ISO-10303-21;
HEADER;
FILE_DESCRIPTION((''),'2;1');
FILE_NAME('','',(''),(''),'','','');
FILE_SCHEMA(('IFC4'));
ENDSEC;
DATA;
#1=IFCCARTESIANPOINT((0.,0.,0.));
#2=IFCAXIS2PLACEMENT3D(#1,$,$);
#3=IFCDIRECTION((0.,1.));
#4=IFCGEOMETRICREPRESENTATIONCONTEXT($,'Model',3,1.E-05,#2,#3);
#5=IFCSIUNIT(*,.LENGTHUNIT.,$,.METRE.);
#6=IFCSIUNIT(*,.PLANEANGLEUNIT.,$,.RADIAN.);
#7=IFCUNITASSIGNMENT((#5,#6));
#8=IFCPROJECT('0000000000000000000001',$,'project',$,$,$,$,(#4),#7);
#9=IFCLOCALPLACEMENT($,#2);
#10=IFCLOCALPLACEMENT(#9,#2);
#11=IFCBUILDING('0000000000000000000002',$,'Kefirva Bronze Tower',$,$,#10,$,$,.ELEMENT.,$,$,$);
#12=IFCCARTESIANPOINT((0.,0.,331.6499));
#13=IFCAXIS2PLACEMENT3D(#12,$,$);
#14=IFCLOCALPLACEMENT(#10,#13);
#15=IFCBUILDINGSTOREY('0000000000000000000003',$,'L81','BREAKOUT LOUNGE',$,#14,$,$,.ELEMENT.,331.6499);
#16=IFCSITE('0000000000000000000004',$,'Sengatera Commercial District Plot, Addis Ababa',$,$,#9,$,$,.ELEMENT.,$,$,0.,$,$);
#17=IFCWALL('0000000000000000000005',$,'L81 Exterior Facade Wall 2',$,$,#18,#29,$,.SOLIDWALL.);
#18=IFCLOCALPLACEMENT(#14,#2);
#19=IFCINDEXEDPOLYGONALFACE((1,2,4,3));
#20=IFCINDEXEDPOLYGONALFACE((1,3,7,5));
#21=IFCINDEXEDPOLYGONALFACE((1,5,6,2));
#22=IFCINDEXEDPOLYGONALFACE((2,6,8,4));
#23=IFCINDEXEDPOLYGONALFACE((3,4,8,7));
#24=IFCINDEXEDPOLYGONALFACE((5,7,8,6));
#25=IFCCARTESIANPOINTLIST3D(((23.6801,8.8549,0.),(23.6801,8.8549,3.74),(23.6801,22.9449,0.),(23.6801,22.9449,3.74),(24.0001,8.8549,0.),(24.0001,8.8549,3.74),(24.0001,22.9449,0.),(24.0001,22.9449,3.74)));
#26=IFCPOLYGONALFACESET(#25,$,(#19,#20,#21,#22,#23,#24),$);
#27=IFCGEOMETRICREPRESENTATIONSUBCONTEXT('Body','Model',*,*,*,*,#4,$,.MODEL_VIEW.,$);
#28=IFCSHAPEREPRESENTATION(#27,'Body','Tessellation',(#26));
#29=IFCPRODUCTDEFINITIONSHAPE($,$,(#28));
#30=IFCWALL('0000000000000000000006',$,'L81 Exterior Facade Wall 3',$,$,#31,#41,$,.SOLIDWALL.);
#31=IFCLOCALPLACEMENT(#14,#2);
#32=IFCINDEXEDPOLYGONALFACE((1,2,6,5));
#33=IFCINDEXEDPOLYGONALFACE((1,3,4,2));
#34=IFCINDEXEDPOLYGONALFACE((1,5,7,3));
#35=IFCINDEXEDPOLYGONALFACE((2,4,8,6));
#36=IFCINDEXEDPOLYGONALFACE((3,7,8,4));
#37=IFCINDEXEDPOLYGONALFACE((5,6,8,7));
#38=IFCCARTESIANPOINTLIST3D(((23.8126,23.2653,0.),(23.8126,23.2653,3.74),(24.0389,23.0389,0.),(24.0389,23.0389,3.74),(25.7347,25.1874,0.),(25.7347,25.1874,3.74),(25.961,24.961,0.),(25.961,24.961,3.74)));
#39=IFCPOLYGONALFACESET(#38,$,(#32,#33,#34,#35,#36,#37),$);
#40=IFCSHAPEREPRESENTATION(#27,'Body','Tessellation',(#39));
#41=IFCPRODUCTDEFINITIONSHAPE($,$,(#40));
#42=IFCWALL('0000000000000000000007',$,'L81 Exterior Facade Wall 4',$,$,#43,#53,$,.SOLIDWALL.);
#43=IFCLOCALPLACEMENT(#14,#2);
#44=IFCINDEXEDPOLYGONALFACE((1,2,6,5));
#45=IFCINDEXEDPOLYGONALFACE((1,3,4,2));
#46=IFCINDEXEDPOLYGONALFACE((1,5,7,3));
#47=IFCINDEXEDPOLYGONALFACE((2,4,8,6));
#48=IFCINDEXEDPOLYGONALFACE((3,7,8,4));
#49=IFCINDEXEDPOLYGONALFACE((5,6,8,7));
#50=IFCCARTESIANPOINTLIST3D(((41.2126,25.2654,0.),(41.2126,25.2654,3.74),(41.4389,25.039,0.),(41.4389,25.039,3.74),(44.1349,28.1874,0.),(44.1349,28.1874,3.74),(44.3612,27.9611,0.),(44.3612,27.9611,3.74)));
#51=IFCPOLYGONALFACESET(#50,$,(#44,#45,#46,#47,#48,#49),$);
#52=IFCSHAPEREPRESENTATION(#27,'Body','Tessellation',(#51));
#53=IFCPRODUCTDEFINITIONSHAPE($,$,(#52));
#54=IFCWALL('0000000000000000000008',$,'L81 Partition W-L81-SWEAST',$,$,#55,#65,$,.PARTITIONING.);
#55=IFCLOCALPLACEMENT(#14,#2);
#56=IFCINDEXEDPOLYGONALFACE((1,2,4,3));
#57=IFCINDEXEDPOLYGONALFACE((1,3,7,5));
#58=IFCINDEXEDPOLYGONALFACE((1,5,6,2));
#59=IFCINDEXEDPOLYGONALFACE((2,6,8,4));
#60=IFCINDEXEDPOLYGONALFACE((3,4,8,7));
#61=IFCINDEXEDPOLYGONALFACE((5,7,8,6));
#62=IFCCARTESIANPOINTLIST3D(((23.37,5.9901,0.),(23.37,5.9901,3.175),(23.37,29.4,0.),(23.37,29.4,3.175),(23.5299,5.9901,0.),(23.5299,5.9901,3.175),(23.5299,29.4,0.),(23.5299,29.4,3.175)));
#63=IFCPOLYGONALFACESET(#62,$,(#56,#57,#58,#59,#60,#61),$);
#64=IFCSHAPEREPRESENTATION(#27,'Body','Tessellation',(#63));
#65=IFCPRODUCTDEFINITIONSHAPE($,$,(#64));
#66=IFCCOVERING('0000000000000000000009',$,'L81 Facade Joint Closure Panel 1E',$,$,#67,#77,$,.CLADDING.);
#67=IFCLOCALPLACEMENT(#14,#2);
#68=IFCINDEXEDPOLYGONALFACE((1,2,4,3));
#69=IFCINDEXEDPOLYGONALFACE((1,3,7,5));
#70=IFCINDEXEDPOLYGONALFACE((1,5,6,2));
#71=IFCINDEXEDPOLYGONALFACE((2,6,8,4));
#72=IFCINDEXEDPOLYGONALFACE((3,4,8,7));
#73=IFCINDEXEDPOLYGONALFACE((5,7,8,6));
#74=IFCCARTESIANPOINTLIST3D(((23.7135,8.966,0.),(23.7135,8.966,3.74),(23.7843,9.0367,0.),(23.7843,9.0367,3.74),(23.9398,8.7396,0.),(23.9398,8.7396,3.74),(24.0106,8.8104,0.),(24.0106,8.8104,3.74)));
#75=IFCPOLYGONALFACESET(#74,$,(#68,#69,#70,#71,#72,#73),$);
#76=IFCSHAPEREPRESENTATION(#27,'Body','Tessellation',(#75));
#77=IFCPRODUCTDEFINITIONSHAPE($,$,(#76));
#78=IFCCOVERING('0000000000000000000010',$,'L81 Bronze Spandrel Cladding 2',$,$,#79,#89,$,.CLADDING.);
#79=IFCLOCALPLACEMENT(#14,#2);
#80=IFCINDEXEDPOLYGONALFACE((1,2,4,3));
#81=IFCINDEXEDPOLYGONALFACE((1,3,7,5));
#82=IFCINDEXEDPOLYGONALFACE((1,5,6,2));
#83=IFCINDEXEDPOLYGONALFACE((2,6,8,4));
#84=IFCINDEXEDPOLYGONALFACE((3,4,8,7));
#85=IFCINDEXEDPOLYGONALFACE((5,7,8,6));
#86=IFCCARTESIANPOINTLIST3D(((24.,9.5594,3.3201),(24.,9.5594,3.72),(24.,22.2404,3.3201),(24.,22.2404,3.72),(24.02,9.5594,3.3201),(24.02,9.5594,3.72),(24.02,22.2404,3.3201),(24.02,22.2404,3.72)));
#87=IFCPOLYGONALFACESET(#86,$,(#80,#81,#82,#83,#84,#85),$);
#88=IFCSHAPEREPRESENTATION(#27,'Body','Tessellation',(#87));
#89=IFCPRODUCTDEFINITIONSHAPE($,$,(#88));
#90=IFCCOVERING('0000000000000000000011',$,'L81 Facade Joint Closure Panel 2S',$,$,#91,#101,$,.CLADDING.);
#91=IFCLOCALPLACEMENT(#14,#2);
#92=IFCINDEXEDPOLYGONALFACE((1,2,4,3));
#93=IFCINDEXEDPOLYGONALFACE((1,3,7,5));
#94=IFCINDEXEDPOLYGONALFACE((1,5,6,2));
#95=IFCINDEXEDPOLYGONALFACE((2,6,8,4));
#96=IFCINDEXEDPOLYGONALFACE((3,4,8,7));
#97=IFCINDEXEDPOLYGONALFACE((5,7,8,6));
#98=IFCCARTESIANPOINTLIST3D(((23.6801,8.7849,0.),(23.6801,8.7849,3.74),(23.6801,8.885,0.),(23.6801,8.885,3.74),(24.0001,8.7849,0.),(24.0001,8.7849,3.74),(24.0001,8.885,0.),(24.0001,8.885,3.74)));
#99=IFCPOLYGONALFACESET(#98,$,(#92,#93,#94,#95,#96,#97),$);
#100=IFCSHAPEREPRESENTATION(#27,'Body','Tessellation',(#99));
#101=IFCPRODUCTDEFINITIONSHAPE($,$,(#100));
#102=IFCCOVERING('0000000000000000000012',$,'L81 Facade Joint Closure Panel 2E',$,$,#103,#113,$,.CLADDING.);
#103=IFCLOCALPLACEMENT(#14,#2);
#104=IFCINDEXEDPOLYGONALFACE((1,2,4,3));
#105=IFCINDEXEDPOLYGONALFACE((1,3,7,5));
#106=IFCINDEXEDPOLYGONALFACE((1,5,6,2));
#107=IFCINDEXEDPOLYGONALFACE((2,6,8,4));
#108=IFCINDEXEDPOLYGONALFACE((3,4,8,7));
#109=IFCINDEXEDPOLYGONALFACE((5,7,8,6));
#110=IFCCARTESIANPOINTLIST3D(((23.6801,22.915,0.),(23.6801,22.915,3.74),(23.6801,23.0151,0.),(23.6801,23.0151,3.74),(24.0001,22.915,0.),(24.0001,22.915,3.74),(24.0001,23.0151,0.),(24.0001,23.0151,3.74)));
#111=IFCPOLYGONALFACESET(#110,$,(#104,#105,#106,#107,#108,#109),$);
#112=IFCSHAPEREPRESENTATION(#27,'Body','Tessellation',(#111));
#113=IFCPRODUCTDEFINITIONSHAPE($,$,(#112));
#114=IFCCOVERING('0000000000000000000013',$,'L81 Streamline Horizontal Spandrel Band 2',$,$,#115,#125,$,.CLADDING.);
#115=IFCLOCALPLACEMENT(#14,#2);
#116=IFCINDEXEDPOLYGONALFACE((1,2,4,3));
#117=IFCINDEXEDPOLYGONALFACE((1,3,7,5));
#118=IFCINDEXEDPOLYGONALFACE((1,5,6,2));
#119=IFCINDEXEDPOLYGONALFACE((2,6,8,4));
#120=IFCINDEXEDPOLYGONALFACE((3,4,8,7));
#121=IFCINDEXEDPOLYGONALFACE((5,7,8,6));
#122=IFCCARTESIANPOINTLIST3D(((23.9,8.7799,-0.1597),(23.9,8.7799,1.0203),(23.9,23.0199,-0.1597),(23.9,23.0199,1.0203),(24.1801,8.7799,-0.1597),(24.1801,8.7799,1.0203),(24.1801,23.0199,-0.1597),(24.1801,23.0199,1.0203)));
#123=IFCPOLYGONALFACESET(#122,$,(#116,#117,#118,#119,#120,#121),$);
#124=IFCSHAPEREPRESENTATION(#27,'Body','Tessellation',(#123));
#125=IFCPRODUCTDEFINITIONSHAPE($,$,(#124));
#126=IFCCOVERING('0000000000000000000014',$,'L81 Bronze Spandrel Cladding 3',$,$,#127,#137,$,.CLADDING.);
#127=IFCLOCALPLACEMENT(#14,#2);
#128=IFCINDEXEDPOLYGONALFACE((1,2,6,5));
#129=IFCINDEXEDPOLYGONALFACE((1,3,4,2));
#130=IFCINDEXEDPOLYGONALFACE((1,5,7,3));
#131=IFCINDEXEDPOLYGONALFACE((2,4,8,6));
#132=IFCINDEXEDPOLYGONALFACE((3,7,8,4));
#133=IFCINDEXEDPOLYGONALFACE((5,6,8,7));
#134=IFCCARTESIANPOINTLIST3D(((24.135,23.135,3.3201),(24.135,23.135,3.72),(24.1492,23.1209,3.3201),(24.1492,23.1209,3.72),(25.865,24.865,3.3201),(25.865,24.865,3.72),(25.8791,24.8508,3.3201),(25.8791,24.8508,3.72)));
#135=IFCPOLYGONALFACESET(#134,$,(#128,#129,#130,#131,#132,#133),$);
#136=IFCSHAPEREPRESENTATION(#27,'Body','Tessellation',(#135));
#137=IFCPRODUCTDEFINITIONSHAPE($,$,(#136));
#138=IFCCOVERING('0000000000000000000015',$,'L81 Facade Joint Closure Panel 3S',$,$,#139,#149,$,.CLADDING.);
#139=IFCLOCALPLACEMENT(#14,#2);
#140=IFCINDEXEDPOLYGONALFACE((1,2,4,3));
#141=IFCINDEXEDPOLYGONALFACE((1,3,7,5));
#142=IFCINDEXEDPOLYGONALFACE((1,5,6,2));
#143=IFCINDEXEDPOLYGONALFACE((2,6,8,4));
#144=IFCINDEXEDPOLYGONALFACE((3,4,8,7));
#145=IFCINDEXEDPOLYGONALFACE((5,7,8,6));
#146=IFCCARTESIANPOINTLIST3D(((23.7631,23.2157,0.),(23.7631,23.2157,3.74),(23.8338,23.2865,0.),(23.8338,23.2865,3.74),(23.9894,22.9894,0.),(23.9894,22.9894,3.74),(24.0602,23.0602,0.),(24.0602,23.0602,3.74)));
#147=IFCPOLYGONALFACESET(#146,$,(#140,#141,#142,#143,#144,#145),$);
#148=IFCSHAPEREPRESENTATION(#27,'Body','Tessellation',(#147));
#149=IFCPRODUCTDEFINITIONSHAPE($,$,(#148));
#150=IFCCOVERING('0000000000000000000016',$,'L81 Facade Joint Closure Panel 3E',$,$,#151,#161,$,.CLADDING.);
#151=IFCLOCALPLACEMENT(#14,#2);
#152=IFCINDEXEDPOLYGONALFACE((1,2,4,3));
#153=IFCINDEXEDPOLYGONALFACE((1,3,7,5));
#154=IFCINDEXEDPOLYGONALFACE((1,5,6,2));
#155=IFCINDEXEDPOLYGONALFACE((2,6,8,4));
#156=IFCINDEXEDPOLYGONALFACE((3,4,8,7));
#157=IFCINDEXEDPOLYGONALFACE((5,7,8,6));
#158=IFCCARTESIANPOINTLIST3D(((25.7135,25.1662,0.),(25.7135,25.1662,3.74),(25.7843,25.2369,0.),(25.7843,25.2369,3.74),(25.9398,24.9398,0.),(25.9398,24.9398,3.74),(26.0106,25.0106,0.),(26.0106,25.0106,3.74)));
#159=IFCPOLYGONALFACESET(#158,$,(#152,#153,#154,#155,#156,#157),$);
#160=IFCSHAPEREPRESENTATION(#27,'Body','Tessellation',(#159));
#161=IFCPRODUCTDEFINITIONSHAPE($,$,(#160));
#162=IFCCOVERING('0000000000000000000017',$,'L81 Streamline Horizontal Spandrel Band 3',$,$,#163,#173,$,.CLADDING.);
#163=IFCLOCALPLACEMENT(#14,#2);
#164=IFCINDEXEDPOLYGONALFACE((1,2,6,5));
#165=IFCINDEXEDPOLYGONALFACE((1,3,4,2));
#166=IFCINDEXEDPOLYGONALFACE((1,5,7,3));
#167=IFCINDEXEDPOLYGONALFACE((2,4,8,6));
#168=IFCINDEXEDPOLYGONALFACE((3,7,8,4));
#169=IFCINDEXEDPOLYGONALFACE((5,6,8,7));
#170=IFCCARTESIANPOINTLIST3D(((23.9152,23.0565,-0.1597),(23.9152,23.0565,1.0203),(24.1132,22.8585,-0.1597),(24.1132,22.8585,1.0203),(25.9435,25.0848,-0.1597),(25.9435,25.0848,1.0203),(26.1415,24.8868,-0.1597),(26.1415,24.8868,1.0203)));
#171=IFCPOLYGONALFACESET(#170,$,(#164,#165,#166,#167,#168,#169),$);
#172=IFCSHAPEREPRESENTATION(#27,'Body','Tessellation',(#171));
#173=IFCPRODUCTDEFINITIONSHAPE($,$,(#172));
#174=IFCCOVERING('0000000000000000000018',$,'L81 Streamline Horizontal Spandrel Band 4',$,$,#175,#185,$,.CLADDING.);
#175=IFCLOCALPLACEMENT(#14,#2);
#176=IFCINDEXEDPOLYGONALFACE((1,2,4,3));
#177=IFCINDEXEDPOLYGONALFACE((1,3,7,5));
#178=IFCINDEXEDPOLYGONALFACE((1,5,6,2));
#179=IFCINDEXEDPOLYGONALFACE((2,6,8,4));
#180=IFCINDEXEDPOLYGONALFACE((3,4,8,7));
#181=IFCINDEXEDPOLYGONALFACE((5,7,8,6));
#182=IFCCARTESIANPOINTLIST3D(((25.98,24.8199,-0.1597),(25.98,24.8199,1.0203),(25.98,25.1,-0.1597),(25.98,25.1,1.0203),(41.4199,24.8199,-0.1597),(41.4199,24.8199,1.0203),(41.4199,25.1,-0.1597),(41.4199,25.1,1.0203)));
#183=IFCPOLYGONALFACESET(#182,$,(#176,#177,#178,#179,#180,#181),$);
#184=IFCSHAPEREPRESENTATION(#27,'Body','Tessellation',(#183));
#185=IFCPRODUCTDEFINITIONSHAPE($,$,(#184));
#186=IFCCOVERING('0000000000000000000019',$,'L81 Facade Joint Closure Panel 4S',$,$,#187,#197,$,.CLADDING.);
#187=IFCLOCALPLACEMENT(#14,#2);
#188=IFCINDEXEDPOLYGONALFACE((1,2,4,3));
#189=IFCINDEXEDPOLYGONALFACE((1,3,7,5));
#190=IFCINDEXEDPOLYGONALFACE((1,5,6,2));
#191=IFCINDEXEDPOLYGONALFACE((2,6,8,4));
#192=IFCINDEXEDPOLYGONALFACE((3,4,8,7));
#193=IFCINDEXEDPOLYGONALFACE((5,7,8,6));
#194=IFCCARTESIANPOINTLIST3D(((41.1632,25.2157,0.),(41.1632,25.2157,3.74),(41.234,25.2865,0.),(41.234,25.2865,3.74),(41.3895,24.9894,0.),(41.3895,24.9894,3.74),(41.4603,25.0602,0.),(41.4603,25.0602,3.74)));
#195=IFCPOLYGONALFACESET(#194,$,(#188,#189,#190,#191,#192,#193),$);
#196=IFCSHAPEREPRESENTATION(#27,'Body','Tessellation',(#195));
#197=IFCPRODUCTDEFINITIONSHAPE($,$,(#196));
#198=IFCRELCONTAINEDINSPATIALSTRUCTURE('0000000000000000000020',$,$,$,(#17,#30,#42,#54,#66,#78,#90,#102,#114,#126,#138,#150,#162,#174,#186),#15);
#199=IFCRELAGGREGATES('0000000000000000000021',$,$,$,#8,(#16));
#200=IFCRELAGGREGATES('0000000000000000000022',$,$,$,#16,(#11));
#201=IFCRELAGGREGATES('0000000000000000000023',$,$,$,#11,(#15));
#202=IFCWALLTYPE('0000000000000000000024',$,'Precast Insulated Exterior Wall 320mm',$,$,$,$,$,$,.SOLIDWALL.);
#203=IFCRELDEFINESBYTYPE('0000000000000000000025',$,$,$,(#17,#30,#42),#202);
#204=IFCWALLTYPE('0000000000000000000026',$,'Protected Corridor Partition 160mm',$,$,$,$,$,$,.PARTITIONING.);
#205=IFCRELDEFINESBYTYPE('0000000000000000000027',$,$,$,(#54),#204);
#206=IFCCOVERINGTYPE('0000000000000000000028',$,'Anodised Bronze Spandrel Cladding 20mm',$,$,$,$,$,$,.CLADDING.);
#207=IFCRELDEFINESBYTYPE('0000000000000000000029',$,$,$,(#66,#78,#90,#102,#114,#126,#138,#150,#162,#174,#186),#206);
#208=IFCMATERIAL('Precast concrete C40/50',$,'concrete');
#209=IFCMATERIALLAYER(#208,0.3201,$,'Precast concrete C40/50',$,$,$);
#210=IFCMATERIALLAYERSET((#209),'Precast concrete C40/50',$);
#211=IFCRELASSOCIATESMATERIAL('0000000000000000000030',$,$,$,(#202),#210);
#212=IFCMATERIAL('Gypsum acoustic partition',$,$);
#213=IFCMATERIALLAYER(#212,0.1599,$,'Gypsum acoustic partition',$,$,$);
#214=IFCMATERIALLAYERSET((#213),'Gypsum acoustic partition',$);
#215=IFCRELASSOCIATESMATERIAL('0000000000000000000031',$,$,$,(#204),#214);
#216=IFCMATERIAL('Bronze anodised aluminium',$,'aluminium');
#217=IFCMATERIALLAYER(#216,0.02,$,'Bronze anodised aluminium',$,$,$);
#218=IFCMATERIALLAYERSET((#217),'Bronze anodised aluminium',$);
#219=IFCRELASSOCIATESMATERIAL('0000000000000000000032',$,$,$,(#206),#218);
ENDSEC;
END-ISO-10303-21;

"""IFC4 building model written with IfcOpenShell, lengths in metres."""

from ifc_helpers import new_model, si_unit, direction, frame, frame_2d, origin, origin_2d, place, context, subcontext, project, spatial, rectangle, extrude, material, layer, layer_set, type_object, element, save


model = new_model("IFC4")

# Units and contexts
model_context = context("Model", 3, precision=1e-05, world=origin(), true_north=direction((0.0, 1.0)))
body_context = subcontext(model_context, "Body", "Model", "MODEL_VIEW")
ifc_project = project(units=[si_unit("LENGTHUNIT", "METRE"), si_unit("PLANEANGLEUNIT", "RADIAN")], contexts=[model_context])

# Site, building, storey
site_placement = place(None, origin())
site = spatial("IfcSite", under=ifc_project, at=site_placement, Name="Sengatera Commercial District Plot, Addis Ababa", CompositionType="ELEMENT", RefElevation=0.0)
building_placement = place(site_placement, origin())
building = spatial("IfcBuilding", under=site, at=building_placement, Name="Kefirva Bronze Tower", CompositionType="ELEMENT")
storey_placement = place(building_placement, frame((0.0, 0.0, 331.6499)))
storey = spatial("IfcBuildingStorey", under=building, at=storey_placement, Name="L81", Description="BREAKOUT LOUNGE", CompositionType="ELEMENT", Elevation=331.6499)

# Shared definitions
ifc_material_1 = material(Name="Bronze anodised aluminium", Category="aluminium")

# Walls
ifc_material_2 = material(Name="Gypsum acoustic partition")
ifc_material_3 = material(Name="Precast concrete C40/50", Category="concrete")
ifc_layer_1 = layer(ifc_material_3, 0.3201, Name="Precast concrete C40/50")
ifc_layer_set_1 = layer_set([ifc_layer_1], Name="Precast concrete C40/50")
wall_type_1 = type_object("IfcWallType", Name="Precast Insulated Exterior Wall 320mm", PredefinedType="SOLIDWALL", material=ifc_layer_set_1)
wall_1_placement = place(storey_placement, frame((23.8401, 8.855, 0.0), z_axis=(0.0, 0.0, 1.0), x_axis=(0.0, 1.0, 0.0)))
element("IfcWall", 1, at=wall_1_placement, inside=storey, type_object=wall_type_1, Name="L81 Exterior Facade Wall 2", PredefinedType="SOLIDWALL", context=body_context, shape_type="SweptSolid", body=[
    extrude(rectangle(XDim=14.0901, YDim=0.3201, at=frame_2d((7.0449, 0.0))), origin(), (0.0, 0.0, 1.0), 3.74),
])
wall_2_placement = place(storey_placement, frame((23.9258, 23.1521, 0.0), z_axis=(0.0, 0.0, 1.0), x_axis=(0.707107, 0.707107, 0.0)))
element("IfcWall", 2, at=wall_2_placement, inside=storey, type_object=wall_type_1, Name="L81 Exterior Facade Wall 3", PredefinedType="SOLIDWALL", context=body_context, shape_type="SweptSolid", body=[
    extrude(rectangle(XDim=2.7183, YDim=0.3201, at=frame_2d((1.3591, 0.0))), origin(), (0.0, 0.0, 1.0), 3.74),
])
wall_3_placement = place(storey_placement, frame((41.3257, 25.1521, 0.0), z_axis=(0.0, 0.0, 1.0), x_axis=(0.707136, 0.707077, 0.0)))
element("IfcWall", 3, at=wall_3_placement, inside=storey, type_object=wall_type_1, Name="L81 Exterior Facade Wall 4", PredefinedType="SOLIDWALL", context=body_context, shape_type="SweptSolid", body=[
    extrude(rectangle(XDim=4.1326, YDim=0.3201, at=frame_2d((2.0664, 0.0))), origin(), (0.0, 0.0, 1.0), 3.74),
])
ifc_layer_2 = layer(ifc_material_2, 0.1599, Name="Gypsum acoustic partition")
ifc_layer_set_2 = layer_set([ifc_layer_2], Name="Gypsum acoustic partition")
wall_type_2 = type_object("IfcWallType", Name="Protected Corridor Partition 160mm", PredefinedType="PARTITIONING", material=ifc_layer_set_2)
wall_4_placement = place(storey_placement, frame((23.45, 5.99, 0.0), z_axis=(0.0, 0.0, 1.0), x_axis=(0.0, 1.0, 0.0)))
element("IfcWall", 4, at=wall_4_placement, inside=storey, type_object=wall_type_2, Name="L81 Partition W-L81-SWEAST", PredefinedType="PARTITIONING", context=body_context, shape_type="SweptSolid", body=[
    extrude(rectangle(XDim=23.4099, YDim=0.1599, at=frame_2d((11.7051, 0.0))), origin(), (0.0, 0.0, 1.0), 3.175),
])

# Coverings
ifc_layer_3 = layer(ifc_material_1, 0.02, Name="Bronze anodised aluminium")
ifc_layer_set_3 = layer_set([ifc_layer_3], Name="Bronze anodised aluminium")
covering_type_1 = type_object("IfcCoveringType", Name="Anodised Bronze Spandrel Cladding 20mm", PredefinedType="CLADDING", material=ifc_layer_set_3)
covering_1_placement = place(storey_placement, frame((23.8621, 8.8882, 0.0), z_axis=(0.0, 0.0, 1.0), x_axis=(0.707107, 0.707107, 0.0)))
element("IfcCovering", 5, at=covering_1_placement, inside=storey, type_object=covering_type_1, Name="L81 Facade Joint Closure Panel 1E", PredefinedType="CLADDING", context=body_context, shape_type="SweptSolid", body=[
    extrude(rectangle(XDim=0.1001, YDim=0.3201, at=origin_2d()), origin(), (0.0, 0.0, 1.0), 3.74),
])
covering_2_placement = place(storey_placement, frame((24.01, 15.8999, 3.3201), z_axis=(0.0, 0.0, 1.0), x_axis=(0.0, 1.0, 0.0)))
element("IfcCovering", 6, at=covering_2_placement, inside=storey, type_object=covering_type_1, Name="L81 Bronze Spandrel Cladding 2", PredefinedType="CLADDING", context=body_context, shape_type="SweptSolid", body=[
    extrude(rectangle(XDim=12.6809, YDim=0.02, at=origin_2d()), origin(), (0.0, 0.0, 1.0), 0.3999),
])
for number, where, z_axis, x_axis, name in (
    (7, (23.8401, 8.835, 0.0), (0.0, 0.0, 1.0), (0.0, 1.0, 0.0), "L81 Facade Joint Closure Panel 2S"),
    (8, (23.8401, 22.9651, 0.0), (0.0, 0.0, 1.0), (0.0, 1.0, 0.0), "L81 Facade Joint Closure Panel 2E"),
):
    element("IfcCovering", number, at=place(storey_placement, frame(where, z_axis=z_axis, x_axis=x_axis)), inside=storey, type_object=covering_type_1, Name=name, PredefinedType="CLADDING", context=body_context, shape_type="SweptSolid", body=[
        extrude(rectangle(XDim=0.1001, YDim=0.3201, at=origin_2d()), origin(), (0.0, 0.0, 1.0), 3.74),
    ])
covering_3_placement = place(storey_placement, frame((24.04, 15.8999, -0.1597), z_axis=(0.0, 0.0, 1.0), x_axis=(0.0, 1.0, 0.0)))
element("IfcCovering", 9, at=covering_3_placement, inside=storey, type_object=covering_type_1, Name="L81 Streamline Horizontal Spandrel Band 2", PredefinedType="CLADDING", context=body_context, shape_type="SweptSolid", body=[
    extrude(rectangle(XDim=14.24, YDim=0.28, at=origin_2d()), origin(), (0.0, 0.0, 1.0), 1.1799),
])
covering_4_placement = place(storey_placement, frame((25.0071, 23.9929, 3.3201), z_axis=(0.0, 0.0, 1.0), x_axis=(0.707107, 0.707107, 0.0)))
element("IfcCovering", 10, at=covering_4_placement, inside=storey, type_object=covering_type_1, Name="L81 Bronze Spandrel Cladding 3", PredefinedType="CLADDING", context=body_context, shape_type="SweptSolid", body=[
    extrude(rectangle(XDim=2.4465, YDim=0.02, at=origin_2d()), origin(), (0.0, 0.0, 1.0), 0.3999),
])
for number, where, z_axis, x_axis, name in (
    (11, (23.9116, 23.1379, 0.0), (0.0, 0.0, 1.0), (0.707107, 0.707107, 0.0), "L81 Facade Joint Closure Panel 3S"),
    (12, (25.8621, 25.0884, 0.0), (0.0, 0.0, 1.0), (0.707107, 0.707107, 0.0), "L81 Facade Joint Closure Panel 3E"),
):
    element("IfcCovering", number, at=place(storey_placement, frame(where, z_axis=z_axis, x_axis=x_axis)), inside=storey, type_object=covering_type_1, Name=name, PredefinedType="CLADDING", context=body_context, shape_type="SweptSolid", body=[
        extrude(rectangle(XDim=0.1001, YDim=0.3201, at=origin_2d()), origin(), (0.0, 0.0, 1.0), 3.74),
    ])
covering_5_placement = place(storey_placement, frame((25.0283, 23.9717, -0.1597), z_axis=(0.0, 0.0, 1.0), x_axis=(0.707107, 0.707107, 0.0)))
element("IfcCovering", 13, at=covering_5_placement, inside=storey, type_object=covering_type_1, Name="L81 Streamline Horizontal Spandrel Band 3", PredefinedType="CLADDING", context=body_context, shape_type="SweptSolid", body=[
    extrude(rectangle(XDim=2.8684, YDim=0.28, at=origin_2d()), origin(), (0.0, 0.0, 1.0), 1.1799),
])
covering_6_placement = place(storey_placement, frame((33.7, 24.96, -0.1597), z_axis=(0.0, 0.0, 1.0), x_axis=(1.0, 0.0, 0.0)))
element("IfcCovering", 14, at=covering_6_placement, inside=storey, type_object=covering_type_1, Name="L81 Streamline Horizontal Spandrel Band 4", PredefinedType="CLADDING", context=body_context, shape_type="SweptSolid", body=[
    extrude(rectangle(XDim=15.4399, YDim=0.28, at=origin_2d()), origin(), (0.0, 0.0, 1.0), 1.1799),
])
covering_7_placement = place(storey_placement, frame((41.3118, 25.1379, 0.0), z_axis=(0.0, 0.0, 1.0), x_axis=(0.707107, 0.707107, 0.0)))
element("IfcCovering", 15, at=covering_7_placement, inside=storey, type_object=covering_type_1, Name="L81 Facade Joint Closure Panel 4S", PredefinedType="CLADDING", context=body_context, shape_type="SweptSolid", body=[
    extrude(rectangle(XDim=0.1001, YDim=0.3201, at=origin_2d()), origin(), (0.0, 0.0, 1.0), 3.74),
])

save(model, "model.ifc")
